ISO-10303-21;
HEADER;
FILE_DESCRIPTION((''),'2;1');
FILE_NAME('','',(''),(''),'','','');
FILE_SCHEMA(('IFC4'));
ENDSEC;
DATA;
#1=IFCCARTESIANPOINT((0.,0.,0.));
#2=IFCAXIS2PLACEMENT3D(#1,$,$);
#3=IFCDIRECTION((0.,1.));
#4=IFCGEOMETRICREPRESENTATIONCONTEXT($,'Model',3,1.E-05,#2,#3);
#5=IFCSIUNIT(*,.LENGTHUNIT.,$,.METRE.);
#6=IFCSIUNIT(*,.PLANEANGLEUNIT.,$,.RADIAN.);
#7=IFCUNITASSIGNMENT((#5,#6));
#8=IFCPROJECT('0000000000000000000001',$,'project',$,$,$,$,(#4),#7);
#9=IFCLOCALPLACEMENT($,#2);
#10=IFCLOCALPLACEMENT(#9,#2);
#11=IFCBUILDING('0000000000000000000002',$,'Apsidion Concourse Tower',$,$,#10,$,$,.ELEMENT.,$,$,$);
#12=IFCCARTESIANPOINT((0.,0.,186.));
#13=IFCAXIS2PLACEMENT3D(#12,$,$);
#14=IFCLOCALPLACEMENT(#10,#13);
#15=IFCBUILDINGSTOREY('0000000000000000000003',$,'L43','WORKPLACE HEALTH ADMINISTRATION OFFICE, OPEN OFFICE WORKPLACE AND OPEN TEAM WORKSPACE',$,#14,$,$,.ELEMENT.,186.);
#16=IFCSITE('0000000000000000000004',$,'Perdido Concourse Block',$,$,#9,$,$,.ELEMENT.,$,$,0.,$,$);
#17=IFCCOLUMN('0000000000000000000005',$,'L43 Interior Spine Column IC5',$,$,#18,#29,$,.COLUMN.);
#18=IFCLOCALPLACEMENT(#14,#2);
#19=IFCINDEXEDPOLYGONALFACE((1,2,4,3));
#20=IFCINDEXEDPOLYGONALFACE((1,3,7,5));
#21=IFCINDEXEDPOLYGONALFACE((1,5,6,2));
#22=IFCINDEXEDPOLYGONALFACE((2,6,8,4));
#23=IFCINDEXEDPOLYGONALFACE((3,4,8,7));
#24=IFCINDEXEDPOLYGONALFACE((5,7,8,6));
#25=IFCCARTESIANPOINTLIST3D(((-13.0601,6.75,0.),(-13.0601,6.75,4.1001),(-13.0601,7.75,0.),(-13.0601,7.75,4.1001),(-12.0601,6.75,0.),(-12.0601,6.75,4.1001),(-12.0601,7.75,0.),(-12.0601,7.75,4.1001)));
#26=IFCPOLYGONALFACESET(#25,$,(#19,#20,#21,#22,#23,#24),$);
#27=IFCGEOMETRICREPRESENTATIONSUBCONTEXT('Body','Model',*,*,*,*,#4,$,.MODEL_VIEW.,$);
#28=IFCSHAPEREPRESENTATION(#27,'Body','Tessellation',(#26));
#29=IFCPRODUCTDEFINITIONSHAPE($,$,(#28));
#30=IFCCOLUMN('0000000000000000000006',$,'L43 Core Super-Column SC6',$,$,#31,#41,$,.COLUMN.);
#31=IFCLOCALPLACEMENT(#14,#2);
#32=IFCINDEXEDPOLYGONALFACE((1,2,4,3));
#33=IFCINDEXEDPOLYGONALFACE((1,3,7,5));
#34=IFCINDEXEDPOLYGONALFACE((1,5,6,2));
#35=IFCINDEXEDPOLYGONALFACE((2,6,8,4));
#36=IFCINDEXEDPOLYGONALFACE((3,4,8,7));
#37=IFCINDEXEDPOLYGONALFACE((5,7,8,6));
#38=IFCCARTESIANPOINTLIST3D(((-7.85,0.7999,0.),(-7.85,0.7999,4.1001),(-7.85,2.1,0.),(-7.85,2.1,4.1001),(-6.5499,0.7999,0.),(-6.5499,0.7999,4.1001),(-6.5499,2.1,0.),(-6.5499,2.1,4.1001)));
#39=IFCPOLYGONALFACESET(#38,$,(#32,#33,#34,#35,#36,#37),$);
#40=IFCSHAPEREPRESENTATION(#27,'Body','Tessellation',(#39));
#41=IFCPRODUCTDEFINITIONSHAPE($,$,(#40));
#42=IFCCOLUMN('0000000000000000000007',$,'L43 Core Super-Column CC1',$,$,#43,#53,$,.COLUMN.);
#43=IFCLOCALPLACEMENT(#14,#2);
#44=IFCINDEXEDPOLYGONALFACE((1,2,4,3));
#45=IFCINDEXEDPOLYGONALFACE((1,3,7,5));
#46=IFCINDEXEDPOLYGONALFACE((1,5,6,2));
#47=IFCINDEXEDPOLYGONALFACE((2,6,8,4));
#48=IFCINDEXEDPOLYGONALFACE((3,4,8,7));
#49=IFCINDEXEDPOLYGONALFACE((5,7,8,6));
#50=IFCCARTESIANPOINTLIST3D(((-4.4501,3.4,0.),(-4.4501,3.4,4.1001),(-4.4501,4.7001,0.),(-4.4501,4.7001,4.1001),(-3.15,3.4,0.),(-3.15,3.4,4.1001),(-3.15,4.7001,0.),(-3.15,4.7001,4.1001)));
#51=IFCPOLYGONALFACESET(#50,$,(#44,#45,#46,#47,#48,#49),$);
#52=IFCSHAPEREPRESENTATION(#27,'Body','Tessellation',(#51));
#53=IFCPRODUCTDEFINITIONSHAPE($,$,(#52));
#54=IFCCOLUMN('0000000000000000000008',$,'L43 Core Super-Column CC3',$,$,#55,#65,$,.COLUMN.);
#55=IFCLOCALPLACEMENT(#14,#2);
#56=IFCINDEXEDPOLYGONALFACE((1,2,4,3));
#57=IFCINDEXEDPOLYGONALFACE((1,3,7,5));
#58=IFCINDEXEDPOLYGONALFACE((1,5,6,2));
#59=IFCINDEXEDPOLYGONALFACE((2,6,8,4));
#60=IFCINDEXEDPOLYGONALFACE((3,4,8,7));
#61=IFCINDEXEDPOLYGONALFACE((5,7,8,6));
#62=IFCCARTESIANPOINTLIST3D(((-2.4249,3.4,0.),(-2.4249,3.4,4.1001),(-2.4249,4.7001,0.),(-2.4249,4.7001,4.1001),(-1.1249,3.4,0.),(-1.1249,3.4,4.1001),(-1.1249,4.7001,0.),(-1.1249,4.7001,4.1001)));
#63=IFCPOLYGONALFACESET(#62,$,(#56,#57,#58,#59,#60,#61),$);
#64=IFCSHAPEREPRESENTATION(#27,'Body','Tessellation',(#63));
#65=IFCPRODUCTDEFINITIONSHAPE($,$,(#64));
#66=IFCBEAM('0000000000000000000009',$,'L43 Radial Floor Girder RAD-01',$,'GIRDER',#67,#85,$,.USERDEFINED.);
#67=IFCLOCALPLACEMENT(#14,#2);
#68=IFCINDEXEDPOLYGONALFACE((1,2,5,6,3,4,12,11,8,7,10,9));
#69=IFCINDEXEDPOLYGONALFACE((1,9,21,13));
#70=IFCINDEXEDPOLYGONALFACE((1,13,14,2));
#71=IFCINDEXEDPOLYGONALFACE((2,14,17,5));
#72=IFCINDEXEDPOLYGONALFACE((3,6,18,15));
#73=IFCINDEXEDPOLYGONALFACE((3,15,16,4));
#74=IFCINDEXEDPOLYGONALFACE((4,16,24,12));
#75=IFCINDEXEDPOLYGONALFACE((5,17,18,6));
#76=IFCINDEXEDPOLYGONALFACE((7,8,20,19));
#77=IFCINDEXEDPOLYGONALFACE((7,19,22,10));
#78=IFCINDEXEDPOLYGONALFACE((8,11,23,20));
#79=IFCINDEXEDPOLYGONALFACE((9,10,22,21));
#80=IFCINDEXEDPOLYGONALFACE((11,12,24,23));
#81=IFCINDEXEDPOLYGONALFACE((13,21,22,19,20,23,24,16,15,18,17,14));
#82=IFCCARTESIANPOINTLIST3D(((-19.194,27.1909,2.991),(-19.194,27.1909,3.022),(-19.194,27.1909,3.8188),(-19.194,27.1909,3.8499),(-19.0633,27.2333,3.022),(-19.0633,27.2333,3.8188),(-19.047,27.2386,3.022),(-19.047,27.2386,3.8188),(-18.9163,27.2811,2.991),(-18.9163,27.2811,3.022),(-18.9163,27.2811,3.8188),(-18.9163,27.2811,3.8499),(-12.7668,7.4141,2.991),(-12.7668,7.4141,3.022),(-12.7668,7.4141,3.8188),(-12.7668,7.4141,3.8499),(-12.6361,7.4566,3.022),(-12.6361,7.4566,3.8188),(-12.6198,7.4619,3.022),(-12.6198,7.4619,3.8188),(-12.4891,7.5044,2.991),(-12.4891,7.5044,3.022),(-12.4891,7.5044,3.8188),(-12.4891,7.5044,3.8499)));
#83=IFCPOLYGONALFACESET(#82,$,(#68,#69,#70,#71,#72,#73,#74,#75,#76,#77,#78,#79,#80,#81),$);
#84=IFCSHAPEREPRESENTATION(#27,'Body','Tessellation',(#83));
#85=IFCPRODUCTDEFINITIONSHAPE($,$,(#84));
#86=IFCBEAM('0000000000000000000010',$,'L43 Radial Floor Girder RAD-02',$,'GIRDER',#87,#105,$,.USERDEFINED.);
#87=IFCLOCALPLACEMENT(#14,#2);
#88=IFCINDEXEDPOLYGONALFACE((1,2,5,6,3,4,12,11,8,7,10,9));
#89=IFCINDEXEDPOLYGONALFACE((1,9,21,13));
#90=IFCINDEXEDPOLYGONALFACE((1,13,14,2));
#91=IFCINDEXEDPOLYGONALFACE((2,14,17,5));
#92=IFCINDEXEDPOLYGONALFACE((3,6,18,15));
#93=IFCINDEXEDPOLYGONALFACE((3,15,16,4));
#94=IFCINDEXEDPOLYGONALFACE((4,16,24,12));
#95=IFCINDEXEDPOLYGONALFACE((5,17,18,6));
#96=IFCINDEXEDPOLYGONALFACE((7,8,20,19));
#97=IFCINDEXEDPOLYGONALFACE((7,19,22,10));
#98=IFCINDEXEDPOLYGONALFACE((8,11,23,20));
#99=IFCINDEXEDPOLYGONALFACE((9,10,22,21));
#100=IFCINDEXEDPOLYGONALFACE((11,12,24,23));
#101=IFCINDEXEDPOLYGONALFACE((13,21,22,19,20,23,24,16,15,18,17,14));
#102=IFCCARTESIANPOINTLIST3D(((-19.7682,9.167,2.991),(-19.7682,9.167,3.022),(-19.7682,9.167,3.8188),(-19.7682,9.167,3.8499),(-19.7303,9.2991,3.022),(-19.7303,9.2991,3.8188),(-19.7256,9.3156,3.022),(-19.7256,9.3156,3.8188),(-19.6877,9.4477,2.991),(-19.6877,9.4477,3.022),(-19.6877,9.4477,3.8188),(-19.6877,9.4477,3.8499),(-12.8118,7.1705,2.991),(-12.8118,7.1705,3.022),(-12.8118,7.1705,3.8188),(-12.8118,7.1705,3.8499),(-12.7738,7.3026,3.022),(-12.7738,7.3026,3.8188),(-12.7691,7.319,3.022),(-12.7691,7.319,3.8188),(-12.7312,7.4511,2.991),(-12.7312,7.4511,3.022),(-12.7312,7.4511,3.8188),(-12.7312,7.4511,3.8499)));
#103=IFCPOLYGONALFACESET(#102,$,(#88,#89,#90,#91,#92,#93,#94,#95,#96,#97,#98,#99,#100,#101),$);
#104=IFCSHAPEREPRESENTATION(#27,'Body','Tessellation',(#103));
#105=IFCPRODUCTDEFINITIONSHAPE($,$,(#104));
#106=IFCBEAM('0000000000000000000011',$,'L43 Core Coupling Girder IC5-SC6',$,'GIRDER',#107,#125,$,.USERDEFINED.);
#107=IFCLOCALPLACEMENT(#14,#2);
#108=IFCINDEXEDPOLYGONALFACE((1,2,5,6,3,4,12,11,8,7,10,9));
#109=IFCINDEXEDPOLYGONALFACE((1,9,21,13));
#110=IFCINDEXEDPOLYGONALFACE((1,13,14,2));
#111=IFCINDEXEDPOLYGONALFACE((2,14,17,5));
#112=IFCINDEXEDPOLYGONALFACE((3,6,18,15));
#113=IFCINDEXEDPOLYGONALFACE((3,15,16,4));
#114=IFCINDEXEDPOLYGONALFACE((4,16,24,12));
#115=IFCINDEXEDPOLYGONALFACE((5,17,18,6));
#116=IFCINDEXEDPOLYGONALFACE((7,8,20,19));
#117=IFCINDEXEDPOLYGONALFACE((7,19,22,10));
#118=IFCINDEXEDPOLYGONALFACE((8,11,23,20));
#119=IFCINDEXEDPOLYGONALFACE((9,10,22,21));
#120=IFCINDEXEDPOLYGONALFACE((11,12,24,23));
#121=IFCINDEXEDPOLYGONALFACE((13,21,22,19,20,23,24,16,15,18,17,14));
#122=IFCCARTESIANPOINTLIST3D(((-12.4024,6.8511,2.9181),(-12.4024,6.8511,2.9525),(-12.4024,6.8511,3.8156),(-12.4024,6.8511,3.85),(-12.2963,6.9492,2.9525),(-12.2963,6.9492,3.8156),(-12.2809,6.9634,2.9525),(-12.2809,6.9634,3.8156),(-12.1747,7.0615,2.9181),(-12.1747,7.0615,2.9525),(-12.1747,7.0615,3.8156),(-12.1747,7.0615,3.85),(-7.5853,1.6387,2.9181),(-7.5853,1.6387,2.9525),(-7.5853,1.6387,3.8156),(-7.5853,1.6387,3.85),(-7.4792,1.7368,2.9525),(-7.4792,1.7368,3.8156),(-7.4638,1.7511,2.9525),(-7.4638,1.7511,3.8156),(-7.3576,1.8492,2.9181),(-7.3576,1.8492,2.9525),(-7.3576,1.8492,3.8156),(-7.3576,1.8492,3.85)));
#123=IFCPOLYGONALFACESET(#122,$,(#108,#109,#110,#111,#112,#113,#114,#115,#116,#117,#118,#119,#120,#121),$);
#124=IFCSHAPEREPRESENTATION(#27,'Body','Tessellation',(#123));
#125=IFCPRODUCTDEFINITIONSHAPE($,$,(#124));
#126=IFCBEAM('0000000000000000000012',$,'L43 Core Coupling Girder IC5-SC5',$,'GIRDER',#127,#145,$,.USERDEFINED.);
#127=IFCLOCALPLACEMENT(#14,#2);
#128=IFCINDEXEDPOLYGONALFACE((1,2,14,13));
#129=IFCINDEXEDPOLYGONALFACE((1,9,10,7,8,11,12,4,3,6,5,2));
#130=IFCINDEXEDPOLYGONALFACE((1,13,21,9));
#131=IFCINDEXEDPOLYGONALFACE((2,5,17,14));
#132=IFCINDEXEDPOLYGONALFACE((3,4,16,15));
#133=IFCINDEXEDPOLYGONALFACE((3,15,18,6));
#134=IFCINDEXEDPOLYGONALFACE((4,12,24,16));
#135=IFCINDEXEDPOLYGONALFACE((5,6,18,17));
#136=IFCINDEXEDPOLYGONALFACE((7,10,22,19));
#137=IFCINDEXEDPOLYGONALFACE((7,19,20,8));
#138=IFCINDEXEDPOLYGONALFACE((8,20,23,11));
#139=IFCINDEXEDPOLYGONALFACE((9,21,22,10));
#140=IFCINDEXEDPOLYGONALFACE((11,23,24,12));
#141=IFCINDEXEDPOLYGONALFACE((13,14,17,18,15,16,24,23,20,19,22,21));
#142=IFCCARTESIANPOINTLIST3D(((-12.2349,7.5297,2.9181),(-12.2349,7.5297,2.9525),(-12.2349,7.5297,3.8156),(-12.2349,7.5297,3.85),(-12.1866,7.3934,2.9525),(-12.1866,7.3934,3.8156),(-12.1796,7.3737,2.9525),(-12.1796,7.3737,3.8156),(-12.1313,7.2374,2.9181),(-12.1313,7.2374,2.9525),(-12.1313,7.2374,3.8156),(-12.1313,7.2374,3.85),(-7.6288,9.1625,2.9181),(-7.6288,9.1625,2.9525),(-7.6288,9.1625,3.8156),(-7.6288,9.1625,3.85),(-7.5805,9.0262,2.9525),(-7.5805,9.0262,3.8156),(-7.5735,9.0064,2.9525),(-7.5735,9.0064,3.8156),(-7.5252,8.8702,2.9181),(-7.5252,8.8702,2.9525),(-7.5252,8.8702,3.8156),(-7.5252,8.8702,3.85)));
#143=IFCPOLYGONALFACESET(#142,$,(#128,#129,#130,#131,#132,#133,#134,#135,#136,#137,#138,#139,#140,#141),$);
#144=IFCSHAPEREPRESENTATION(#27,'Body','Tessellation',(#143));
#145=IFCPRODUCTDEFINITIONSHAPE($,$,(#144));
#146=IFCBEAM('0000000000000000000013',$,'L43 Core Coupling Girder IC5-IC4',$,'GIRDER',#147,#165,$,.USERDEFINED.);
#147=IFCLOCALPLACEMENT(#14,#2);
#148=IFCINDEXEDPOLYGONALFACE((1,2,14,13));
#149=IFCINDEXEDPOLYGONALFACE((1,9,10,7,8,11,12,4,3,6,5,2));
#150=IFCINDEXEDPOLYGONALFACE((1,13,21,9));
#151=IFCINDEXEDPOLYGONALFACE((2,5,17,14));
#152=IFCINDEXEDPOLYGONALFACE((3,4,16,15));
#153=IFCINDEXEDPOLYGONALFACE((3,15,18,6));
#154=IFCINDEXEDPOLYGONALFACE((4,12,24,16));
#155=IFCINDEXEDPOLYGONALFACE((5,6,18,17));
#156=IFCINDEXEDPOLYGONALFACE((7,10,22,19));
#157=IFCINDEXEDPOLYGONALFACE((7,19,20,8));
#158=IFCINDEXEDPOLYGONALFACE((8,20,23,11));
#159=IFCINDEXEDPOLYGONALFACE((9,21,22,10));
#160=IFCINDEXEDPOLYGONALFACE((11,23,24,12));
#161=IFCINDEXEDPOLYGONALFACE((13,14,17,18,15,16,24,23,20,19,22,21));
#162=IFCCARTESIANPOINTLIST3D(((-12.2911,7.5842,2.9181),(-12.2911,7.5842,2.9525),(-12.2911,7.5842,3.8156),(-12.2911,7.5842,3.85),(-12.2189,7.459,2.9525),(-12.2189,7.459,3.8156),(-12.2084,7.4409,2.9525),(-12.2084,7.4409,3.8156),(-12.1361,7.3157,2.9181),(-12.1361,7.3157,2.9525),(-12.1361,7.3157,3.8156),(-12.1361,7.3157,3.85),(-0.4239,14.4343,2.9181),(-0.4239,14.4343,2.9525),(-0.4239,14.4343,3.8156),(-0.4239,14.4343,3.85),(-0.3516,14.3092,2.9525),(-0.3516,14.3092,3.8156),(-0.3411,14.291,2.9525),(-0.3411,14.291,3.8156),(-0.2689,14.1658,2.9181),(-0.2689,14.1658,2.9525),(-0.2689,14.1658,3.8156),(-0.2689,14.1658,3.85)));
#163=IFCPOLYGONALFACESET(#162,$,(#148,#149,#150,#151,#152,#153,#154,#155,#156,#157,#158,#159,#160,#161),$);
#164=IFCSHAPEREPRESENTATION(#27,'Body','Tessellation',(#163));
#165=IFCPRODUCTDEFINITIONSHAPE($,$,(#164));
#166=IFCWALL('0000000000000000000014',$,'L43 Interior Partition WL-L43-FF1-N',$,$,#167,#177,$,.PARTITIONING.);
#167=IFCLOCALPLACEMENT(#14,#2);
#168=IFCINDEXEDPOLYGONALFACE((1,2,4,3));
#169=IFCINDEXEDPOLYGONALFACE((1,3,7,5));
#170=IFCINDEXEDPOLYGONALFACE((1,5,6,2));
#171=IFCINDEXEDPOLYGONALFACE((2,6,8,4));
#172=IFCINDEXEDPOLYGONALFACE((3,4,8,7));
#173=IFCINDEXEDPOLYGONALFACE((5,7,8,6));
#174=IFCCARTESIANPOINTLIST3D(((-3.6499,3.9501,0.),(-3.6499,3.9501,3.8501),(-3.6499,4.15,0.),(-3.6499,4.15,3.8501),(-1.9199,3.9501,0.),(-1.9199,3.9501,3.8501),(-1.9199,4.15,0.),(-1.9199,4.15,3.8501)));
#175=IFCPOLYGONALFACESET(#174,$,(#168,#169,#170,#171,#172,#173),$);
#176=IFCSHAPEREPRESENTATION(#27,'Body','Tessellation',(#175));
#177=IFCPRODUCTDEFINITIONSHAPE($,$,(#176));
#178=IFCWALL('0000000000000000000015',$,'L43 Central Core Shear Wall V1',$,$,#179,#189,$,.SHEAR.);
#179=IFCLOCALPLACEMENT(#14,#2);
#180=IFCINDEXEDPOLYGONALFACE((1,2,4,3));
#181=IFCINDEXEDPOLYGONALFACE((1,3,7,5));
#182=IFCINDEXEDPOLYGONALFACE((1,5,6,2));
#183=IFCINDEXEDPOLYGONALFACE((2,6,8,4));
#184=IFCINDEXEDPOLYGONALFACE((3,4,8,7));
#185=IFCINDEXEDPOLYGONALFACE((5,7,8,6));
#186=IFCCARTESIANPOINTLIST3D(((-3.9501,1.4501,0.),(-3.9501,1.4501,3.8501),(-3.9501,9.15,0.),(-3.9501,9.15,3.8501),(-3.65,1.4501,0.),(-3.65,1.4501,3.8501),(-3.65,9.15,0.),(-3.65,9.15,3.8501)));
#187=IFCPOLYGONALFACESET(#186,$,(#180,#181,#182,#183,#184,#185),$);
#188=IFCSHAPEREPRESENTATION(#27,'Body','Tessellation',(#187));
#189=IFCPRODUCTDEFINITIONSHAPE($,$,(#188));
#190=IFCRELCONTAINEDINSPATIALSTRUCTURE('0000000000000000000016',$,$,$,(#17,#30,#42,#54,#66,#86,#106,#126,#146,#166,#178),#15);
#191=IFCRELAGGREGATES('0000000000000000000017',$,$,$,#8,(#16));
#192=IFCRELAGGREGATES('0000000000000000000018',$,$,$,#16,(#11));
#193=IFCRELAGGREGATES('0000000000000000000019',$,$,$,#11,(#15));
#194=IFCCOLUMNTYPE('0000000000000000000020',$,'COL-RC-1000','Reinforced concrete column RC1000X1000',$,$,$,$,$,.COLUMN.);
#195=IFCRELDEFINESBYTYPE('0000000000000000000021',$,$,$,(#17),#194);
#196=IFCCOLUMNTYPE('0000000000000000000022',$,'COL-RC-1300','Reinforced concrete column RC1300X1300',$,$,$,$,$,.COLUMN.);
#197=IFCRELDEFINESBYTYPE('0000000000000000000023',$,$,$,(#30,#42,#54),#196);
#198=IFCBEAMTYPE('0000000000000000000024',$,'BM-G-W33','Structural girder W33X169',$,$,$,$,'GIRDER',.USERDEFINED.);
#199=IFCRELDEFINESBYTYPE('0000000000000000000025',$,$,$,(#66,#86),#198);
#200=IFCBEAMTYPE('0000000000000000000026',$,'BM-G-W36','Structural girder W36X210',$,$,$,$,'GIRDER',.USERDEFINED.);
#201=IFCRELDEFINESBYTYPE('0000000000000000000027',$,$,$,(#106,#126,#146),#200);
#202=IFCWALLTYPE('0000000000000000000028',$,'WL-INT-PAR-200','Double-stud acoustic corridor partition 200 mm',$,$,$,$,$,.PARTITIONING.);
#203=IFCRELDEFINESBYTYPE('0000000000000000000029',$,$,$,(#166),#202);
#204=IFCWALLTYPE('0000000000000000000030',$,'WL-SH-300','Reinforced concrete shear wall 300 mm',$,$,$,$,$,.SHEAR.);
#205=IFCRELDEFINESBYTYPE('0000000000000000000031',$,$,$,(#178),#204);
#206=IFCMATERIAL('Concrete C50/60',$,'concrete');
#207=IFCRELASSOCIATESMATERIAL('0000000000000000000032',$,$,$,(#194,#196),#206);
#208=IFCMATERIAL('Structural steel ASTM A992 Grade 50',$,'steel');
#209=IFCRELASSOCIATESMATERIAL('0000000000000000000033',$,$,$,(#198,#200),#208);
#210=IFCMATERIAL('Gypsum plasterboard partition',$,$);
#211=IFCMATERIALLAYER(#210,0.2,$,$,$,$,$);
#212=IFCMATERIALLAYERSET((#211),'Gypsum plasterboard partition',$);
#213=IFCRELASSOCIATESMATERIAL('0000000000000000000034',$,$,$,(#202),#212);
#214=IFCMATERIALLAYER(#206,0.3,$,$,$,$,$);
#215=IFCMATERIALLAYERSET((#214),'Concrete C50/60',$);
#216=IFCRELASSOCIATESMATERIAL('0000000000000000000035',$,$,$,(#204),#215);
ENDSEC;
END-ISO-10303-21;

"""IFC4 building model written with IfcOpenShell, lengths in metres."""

from ifc_helpers import new_model, si_unit, direction, frame, frame_2d, origin, origin_2d, place, context, subcontext, project, spatial, rectangle, i_section, extrude, material, layer, layer_set, material_profile, profile_set, type_object, element, save


model = new_model("IFC4")

# Units and contexts
model_context = context("Model", 3, precision=1e-05, world=origin(), true_north=direction((0.0, 1.0)))
body_context = subcontext(model_context, "Body", "Model", "MODEL_VIEW")
ifc_project = project(units=[si_unit("LENGTHUNIT", "METRE"), si_unit("PLANEANGLEUNIT", "RADIAN")], contexts=[model_context])

# Site, building, storey
site_placement = place(None, origin())
site = spatial("IfcSite", under=ifc_project, at=site_placement, Name="Perdido Concourse Block", CompositionType="ELEMENT", RefElevation=0.0)
building_placement = place(site_placement, origin())
building = spatial("IfcBuilding", under=site, at=building_placement, Name="Apsidion Concourse Tower", CompositionType="ELEMENT")
storey_placement = place(building_placement, frame((0.0, 0.0, 186.0)))
storey = spatial("IfcBuildingStorey", under=building, at=storey_placement, Name="L43", Description="WORKPLACE HEALTH ADMINISTRATION OFFICE, OPEN OFFICE WORKPLACE AND OPEN TEAM WORKSPACE", CompositionType="ELEMENT", Elevation=186.0)

# Columns
ifc_material_1 = material(Name="Concrete C50/60", Category="concrete")
ifc_material_profile_1 = material_profile(ifc_material_1, rectangle(XDim=1.0, YDim=1.0, at=origin_2d()), Name="RC 1000x1000")
ifc_profile_set_1 = profile_set([ifc_material_profile_1], Name="Concrete C50/60")
column_type_1 = type_object("IfcColumnType", Name="COL-RC-1000", Description="Reinforced concrete column RC1000X1000", PredefinedType="COLUMN", material=ifc_profile_set_1)
column_placement = place(storey_placement, frame((-12.5601, 7.25, 0.0), z_axis=(0.0, 0.0, 1.0), x_axis=(1.0, 0.0, 0.0)))
element("IfcColumn", 1, at=column_placement, inside=storey, type_object=column_type_1, Name="L43 Interior Spine Column IC5", PredefinedType="COLUMN", context=body_context, shape_type="SweptSolid", body=[
    extrude(rectangle(XDim=1.0, YDim=1.0, at=origin_2d()), origin(), (0.0, 0.0, 1.0), 4.1001),
])
ifc_material_profile_2 = material_profile(ifc_material_1, rectangle(XDim=1.3, YDim=1.3, at=origin_2d()), Name="RC 1300x1300")
ifc_profile_set_2 = profile_set([ifc_material_profile_2], Name="Concrete C50/60")
column_type_2 = type_object("IfcColumnType", Name="COL-RC-1300", Description="Reinforced concrete column RC1300X1300", PredefinedType="COLUMN", material=ifc_profile_set_2)
for number, where, z_axis, x_axis, name in (
    (2, (-7.2, 1.45, 0.0), (0.0, 0.0, 1.0), (1.0, 0.0, 0.0), "L43 Core Super-Column SC6"),
    (3, (-3.8, 4.05, 0.0), (0.0, 0.0, 1.0), (1.0, 0.0, 0.0), "L43 Core Super-Column CC1"),
    (4, (-1.7749, 4.05, 0.0), (0.0, 0.0, 1.0), (1.0, 0.0, 0.0), "L43 Core Super-Column CC3"),
):
    element("IfcColumn", number, at=place(storey_placement, frame(where, z_axis=z_axis, x_axis=x_axis)), inside=storey, type_object=column_type_2, Name=name, PredefinedType="COLUMN", context=body_context, shape_type="SweptSolid", body=[
        extrude(rectangle(XDim=1.3, YDim=1.3, at=origin_2d()), origin(), (0.0, 0.0, 1.0), 4.1001),
    ])

# Beams
ifc_material_2 = material(Name="Structural steel ASTM A992 Grade 50", Category="steel")
ifc_material_profile_3 = material_profile(ifc_material_2, i_section(OverallWidth=0.292, OverallDepth=0.8589, WebThickness=0.0171, FlangeThickness=0.031, at=origin_2d()), Name="W33X169")
ifc_profile_set_3 = profile_set([ifc_material_profile_3], Name="Structural steel ASTM A992 Grade 50")
beam_type_1 = type_object("IfcBeamType", Name="BM-G-W33", Description="Structural girder W33X169", ElementType="GIRDER", PredefinedType="USERDEFINED", material=ifc_profile_set_3)
beam_1_placement = place(storey_placement, frame((-12.6279, 7.4592, 3.4204), z_axis=(-0.309076, 0.951037, 0.0), x_axis=(-0.951037, -0.309076, 0.0)))
element("IfcBeam", 5, at=beam_1_placement, inside=storey, type_object=beam_type_1, Name="L43 Radial Floor Girder RAD-01", ObjectType="GIRDER", PredefinedType="USERDEFINED", context=body_context, shape_type="SweptSolid", body=[
    extrude(i_section(OverallWidth=0.292, OverallDepth=0.8589, WebThickness=0.0171, FlangeThickness=0.031, at=origin_2d()), origin(), (0.0, 0.0, 1.0), 20.7949),
])
beam_2_placement = place(storey_placement, frame((-12.7715, 7.3108, 3.4204), z_axis=(-0.961195, 0.27587, 0.0), x_axis=(-0.27587, -0.961195, 0.0)))
element("IfcBeam", 6, at=beam_2_placement, inside=storey, type_object=beam_type_1, Name="L43 Radial Floor Girder RAD-02", ObjectType="GIRDER", PredefinedType="USERDEFINED", context=body_context, shape_type="SweptSolid", body=[
    extrude(i_section(OverallWidth=0.292, OverallDepth=0.8589, WebThickness=0.0171, FlangeThickness=0.031, at=origin_2d()), origin(), (0.0, 0.0, 1.0), 7.2373),
])
ifc_material_profile_4 = material_profile(ifc_material_2, i_section(OverallWidth=0.3101, OverallDepth=0.9319, WebThickness=0.021, FlangeThickness=0.0344, at=origin_2d()), Name="W36X210")
ifc_profile_set_4 = profile_set([ifc_material_profile_4], Name="Structural steel ASTM A992 Grade 50")
beam_type_2 = type_object("IfcBeamType", Name="BM-G-W36", Description="Structural girder W36X210", ElementType="GIRDER", PredefinedType="USERDEFINED", material=ifc_profile_set_4)
beam_3_placement = place(storey_placement, frame((-12.2886, 6.9563, 3.384), z_axis=(0.678713, -0.734404, 0.0), x_axis=(0.734404, 0.678713, 0.0)))
element("IfcBeam", 7, at=beam_3_placement, inside=storey, type_object=beam_type_2, Name="L43 Core Coupling Girder IC5-SC6", ObjectType="GIRDER", PredefinedType="USERDEFINED", context=body_context, shape_type="SweptSolid", body=[
    extrude(i_section(OverallWidth=0.3101, OverallDepth=0.9319, WebThickness=0.021, FlangeThickness=0.0344, at=origin_2d()), origin(), (0.0, 0.0, 1.0), 7.0974),
])
beam_4_placement = place(storey_placement, frame((-12.1831, 7.3835, 3.384), z_axis=(0.942534, 0.334111, 0.0), x_axis=(-0.334111, 0.942534, 0.0)))
element("IfcBeam", 8, at=beam_4_placement, inside=storey, type_object=beam_type_2, Name="L43 Core Coupling Girder IC5-SC5", ObjectType="GIRDER", PredefinedType="USERDEFINED", context=body_context, shape_type="SweptSolid", body=[
    extrude(i_section(OverallWidth=0.3101, OverallDepth=0.9319, WebThickness=0.021, FlangeThickness=0.0344, at=origin_2d()), origin(), (0.0, 0.0, 1.0), 4.887),
])
beam_5_placement = place(storey_placement, frame((-12.2136, 7.45, 3.384), z_axis=(0.86607, 0.499922, 0.0), x_axis=(-0.499922, 0.86607, 0.0)))
element("IfcBeam", 9, at=beam_5_placement, inside=storey, type_object=beam_type_2, Name="L43 Core Coupling Girder IC5-IC4", ObjectType="GIRDER", PredefinedType="USERDEFINED", context=body_context, shape_type="SweptSolid", body=[
    extrude(i_section(OverallWidth=0.3101, OverallDepth=0.9319, WebThickness=0.021, FlangeThickness=0.0344, at=origin_2d()), origin(), (0.0, 0.0, 1.0), 13.7024),
])

# Walls
ifc_material_3 = material(Name="Gypsum plasterboard partition")
ifc_layer_1 = layer(ifc_material_3, 0.2)
ifc_layer_set_1 = layer_set([ifc_layer_1], Name="Gypsum plasterboard partition")
wall_type_1 = type_object("IfcWallType", Name="WL-INT-PAR-200", Description="Double-stud acoustic corridor partition 200 mm", PredefinedType="PARTITIONING", material=ifc_layer_set_1)
wall_1_placement = place(storey_placement, frame((-3.6499, 4.05, 0.0), z_axis=(0.0, 0.0, 1.0), x_axis=(1.0, 0.0, 0.0)))
element("IfcWall", 10, at=wall_1_placement, inside=storey, type_object=wall_type_1, Name="L43 Interior Partition WL-L43-FF1-N", PredefinedType="PARTITIONING", context=body_context, shape_type="SweptSolid", body=[
    extrude(rectangle(XDim=1.73, YDim=0.2, at=frame_2d((0.865, 0.0))), origin(), (0.0, 0.0, 1.0), 3.8501),
])
ifc_layer_2 = layer(ifc_material_1, 0.3)
ifc_layer_set_2 = layer_set([ifc_layer_2], Name="Concrete C50/60")
wall_type_2 = type_object("IfcWallType", Name="WL-SH-300", Description="Reinforced concrete shear wall 300 mm", PredefinedType="SHEAR", material=ifc_layer_set_2)
for number, where, z_axis, x_axis, name in (
    (11, (-3.8, 1.45, 0.0), (0.0, 0.0, 1.0), (0.0, 1.0, 0.0), "L43 Central Core Shear Wall V1"),
):
    element("IfcWall", number, at=place(storey_placement, frame(where, z_axis=z_axis, x_axis=x_axis)), inside=storey, type_object=wall_type_2, Name=name, PredefinedType="SHEAR", context=body_context, shape_type="SweptSolid", body=[
        extrude(rectangle(XDim=7.7, YDim=0.3, at=frame_2d((3.8501, 0.0))), origin(), (0.0, 0.0, 1.0), 3.8501),
    ])

save(model, "model.ifc")
